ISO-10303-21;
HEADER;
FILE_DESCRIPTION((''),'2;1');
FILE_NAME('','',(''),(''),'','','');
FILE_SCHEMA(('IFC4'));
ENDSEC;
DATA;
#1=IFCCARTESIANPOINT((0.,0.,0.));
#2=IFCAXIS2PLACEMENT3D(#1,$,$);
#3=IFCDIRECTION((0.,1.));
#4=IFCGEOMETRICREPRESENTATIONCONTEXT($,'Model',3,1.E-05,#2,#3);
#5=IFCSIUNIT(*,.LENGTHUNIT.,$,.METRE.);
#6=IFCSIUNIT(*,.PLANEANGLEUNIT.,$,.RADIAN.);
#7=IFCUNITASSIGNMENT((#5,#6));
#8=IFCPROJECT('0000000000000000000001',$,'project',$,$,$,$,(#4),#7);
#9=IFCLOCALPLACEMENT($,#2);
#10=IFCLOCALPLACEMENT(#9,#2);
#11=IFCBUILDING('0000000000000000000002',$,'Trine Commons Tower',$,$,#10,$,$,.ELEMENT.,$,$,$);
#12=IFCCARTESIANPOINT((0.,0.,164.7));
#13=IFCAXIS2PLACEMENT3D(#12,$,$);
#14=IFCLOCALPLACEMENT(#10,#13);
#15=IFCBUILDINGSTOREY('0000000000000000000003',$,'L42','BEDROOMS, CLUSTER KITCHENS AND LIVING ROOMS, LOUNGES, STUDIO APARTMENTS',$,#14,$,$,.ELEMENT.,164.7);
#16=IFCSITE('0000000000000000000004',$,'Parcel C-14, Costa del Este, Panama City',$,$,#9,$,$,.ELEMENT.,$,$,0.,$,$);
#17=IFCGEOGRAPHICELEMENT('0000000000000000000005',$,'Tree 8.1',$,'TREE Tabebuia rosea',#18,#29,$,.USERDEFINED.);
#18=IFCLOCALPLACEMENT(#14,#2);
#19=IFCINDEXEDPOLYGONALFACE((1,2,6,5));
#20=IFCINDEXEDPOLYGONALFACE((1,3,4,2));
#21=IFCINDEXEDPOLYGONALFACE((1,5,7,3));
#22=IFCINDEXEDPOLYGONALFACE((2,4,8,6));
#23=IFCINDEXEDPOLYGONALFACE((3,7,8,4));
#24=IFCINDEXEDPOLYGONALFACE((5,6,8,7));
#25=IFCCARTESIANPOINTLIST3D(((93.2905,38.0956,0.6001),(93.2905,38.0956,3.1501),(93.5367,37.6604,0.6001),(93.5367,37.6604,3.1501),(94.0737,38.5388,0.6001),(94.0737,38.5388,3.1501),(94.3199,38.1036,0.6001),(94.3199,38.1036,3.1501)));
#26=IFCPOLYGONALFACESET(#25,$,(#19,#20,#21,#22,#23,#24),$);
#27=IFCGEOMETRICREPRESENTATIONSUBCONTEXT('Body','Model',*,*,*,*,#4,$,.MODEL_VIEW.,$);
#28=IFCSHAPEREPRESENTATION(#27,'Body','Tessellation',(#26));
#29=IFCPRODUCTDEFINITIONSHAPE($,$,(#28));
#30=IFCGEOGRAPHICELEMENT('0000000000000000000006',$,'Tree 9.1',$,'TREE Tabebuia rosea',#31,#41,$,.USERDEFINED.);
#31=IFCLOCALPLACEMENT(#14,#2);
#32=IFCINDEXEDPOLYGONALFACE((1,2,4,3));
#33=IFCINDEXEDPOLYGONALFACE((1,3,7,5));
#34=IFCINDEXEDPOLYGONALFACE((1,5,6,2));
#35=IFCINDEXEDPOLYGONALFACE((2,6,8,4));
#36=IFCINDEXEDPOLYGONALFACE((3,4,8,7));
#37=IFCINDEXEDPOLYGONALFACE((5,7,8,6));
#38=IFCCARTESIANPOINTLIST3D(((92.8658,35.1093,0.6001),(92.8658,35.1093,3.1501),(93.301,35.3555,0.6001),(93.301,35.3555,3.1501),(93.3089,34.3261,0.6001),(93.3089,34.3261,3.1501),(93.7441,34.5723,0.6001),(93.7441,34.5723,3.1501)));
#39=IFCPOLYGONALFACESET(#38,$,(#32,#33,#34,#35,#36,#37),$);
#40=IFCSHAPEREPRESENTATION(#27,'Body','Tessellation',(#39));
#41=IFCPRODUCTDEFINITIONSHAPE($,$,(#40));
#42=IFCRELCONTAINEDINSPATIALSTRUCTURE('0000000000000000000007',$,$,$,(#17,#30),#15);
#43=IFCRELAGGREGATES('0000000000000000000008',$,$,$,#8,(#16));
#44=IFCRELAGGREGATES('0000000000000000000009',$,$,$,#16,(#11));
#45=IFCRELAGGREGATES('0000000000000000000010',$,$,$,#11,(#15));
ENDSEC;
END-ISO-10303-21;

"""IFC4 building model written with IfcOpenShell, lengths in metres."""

from ifc_helpers import new_model, si_unit, direction, frame, origin, origin_2d, place, context, subcontext, project, spatial, rectangle, extrude, element, save


model = new_model("IFC4")

# Units and contexts
model_context = context("Model", 3, precision=1e-05, world=origin(), true_north=direction((0.0, 1.0)))
body_context = subcontext(model_context, "Body", "Model", "MODEL_VIEW")
ifc_project = project(units=[si_unit("LENGTHUNIT", "METRE"), si_unit("PLANEANGLEUNIT", "RADIAN")], contexts=[model_context])

# Site, building, storey
site_placement = place(None, origin())
site = spatial("IfcSite", under=ifc_project, at=site_placement, Name="Parcel C-14, Costa del Este, Panama City", CompositionType="ELEMENT", RefElevation=0.0)
building_placement = place(site_placement, origin())
building = spatial("IfcBuilding", under=site, at=building_placement, Name="Trine Commons Tower", CompositionType="ELEMENT")
storey_placement = place(building_placement, frame((0.0, 0.0, 164.7)))
storey = spatial("IfcBuildingStorey", under=building, at=storey_placement, Name="L42", Description="BEDROOMS, CLUSTER KITCHENS AND LIVING ROOMS, LOUNGES, STUDIO APARTMENTS", CompositionType="ELEMENT", Elevation=164.7)

# Geographic elements
for number, where, z_axis, x_axis, name in (
    (1, (93.8052, 38.0996, 0.6001), (0.0, 0.0, 1.0), (-0.870333, -0.492463, 0.0), "Tree 8.1"),
    (2, (93.3049, 34.8408, 0.6001), (0.0, 0.0, 1.0), (0.492421, -0.870357, 0.0), "Tree 9.1"),
):
    element("IfcGeographicElement", number, at=place(storey_placement, frame(where, z_axis=z_axis, x_axis=x_axis)), inside=storey, Name=name, ObjectType="TREE Tabebuia rosea", PredefinedType="USERDEFINED", context=body_context, shape_type="SweptSolid", body=[
        extrude(rectangle(XDim=0.8999, YDim=0.5, at=origin_2d()), origin(), (0.0, 0.0, 1.0), 2.55),
    ])

save(model, "model.ifc")
